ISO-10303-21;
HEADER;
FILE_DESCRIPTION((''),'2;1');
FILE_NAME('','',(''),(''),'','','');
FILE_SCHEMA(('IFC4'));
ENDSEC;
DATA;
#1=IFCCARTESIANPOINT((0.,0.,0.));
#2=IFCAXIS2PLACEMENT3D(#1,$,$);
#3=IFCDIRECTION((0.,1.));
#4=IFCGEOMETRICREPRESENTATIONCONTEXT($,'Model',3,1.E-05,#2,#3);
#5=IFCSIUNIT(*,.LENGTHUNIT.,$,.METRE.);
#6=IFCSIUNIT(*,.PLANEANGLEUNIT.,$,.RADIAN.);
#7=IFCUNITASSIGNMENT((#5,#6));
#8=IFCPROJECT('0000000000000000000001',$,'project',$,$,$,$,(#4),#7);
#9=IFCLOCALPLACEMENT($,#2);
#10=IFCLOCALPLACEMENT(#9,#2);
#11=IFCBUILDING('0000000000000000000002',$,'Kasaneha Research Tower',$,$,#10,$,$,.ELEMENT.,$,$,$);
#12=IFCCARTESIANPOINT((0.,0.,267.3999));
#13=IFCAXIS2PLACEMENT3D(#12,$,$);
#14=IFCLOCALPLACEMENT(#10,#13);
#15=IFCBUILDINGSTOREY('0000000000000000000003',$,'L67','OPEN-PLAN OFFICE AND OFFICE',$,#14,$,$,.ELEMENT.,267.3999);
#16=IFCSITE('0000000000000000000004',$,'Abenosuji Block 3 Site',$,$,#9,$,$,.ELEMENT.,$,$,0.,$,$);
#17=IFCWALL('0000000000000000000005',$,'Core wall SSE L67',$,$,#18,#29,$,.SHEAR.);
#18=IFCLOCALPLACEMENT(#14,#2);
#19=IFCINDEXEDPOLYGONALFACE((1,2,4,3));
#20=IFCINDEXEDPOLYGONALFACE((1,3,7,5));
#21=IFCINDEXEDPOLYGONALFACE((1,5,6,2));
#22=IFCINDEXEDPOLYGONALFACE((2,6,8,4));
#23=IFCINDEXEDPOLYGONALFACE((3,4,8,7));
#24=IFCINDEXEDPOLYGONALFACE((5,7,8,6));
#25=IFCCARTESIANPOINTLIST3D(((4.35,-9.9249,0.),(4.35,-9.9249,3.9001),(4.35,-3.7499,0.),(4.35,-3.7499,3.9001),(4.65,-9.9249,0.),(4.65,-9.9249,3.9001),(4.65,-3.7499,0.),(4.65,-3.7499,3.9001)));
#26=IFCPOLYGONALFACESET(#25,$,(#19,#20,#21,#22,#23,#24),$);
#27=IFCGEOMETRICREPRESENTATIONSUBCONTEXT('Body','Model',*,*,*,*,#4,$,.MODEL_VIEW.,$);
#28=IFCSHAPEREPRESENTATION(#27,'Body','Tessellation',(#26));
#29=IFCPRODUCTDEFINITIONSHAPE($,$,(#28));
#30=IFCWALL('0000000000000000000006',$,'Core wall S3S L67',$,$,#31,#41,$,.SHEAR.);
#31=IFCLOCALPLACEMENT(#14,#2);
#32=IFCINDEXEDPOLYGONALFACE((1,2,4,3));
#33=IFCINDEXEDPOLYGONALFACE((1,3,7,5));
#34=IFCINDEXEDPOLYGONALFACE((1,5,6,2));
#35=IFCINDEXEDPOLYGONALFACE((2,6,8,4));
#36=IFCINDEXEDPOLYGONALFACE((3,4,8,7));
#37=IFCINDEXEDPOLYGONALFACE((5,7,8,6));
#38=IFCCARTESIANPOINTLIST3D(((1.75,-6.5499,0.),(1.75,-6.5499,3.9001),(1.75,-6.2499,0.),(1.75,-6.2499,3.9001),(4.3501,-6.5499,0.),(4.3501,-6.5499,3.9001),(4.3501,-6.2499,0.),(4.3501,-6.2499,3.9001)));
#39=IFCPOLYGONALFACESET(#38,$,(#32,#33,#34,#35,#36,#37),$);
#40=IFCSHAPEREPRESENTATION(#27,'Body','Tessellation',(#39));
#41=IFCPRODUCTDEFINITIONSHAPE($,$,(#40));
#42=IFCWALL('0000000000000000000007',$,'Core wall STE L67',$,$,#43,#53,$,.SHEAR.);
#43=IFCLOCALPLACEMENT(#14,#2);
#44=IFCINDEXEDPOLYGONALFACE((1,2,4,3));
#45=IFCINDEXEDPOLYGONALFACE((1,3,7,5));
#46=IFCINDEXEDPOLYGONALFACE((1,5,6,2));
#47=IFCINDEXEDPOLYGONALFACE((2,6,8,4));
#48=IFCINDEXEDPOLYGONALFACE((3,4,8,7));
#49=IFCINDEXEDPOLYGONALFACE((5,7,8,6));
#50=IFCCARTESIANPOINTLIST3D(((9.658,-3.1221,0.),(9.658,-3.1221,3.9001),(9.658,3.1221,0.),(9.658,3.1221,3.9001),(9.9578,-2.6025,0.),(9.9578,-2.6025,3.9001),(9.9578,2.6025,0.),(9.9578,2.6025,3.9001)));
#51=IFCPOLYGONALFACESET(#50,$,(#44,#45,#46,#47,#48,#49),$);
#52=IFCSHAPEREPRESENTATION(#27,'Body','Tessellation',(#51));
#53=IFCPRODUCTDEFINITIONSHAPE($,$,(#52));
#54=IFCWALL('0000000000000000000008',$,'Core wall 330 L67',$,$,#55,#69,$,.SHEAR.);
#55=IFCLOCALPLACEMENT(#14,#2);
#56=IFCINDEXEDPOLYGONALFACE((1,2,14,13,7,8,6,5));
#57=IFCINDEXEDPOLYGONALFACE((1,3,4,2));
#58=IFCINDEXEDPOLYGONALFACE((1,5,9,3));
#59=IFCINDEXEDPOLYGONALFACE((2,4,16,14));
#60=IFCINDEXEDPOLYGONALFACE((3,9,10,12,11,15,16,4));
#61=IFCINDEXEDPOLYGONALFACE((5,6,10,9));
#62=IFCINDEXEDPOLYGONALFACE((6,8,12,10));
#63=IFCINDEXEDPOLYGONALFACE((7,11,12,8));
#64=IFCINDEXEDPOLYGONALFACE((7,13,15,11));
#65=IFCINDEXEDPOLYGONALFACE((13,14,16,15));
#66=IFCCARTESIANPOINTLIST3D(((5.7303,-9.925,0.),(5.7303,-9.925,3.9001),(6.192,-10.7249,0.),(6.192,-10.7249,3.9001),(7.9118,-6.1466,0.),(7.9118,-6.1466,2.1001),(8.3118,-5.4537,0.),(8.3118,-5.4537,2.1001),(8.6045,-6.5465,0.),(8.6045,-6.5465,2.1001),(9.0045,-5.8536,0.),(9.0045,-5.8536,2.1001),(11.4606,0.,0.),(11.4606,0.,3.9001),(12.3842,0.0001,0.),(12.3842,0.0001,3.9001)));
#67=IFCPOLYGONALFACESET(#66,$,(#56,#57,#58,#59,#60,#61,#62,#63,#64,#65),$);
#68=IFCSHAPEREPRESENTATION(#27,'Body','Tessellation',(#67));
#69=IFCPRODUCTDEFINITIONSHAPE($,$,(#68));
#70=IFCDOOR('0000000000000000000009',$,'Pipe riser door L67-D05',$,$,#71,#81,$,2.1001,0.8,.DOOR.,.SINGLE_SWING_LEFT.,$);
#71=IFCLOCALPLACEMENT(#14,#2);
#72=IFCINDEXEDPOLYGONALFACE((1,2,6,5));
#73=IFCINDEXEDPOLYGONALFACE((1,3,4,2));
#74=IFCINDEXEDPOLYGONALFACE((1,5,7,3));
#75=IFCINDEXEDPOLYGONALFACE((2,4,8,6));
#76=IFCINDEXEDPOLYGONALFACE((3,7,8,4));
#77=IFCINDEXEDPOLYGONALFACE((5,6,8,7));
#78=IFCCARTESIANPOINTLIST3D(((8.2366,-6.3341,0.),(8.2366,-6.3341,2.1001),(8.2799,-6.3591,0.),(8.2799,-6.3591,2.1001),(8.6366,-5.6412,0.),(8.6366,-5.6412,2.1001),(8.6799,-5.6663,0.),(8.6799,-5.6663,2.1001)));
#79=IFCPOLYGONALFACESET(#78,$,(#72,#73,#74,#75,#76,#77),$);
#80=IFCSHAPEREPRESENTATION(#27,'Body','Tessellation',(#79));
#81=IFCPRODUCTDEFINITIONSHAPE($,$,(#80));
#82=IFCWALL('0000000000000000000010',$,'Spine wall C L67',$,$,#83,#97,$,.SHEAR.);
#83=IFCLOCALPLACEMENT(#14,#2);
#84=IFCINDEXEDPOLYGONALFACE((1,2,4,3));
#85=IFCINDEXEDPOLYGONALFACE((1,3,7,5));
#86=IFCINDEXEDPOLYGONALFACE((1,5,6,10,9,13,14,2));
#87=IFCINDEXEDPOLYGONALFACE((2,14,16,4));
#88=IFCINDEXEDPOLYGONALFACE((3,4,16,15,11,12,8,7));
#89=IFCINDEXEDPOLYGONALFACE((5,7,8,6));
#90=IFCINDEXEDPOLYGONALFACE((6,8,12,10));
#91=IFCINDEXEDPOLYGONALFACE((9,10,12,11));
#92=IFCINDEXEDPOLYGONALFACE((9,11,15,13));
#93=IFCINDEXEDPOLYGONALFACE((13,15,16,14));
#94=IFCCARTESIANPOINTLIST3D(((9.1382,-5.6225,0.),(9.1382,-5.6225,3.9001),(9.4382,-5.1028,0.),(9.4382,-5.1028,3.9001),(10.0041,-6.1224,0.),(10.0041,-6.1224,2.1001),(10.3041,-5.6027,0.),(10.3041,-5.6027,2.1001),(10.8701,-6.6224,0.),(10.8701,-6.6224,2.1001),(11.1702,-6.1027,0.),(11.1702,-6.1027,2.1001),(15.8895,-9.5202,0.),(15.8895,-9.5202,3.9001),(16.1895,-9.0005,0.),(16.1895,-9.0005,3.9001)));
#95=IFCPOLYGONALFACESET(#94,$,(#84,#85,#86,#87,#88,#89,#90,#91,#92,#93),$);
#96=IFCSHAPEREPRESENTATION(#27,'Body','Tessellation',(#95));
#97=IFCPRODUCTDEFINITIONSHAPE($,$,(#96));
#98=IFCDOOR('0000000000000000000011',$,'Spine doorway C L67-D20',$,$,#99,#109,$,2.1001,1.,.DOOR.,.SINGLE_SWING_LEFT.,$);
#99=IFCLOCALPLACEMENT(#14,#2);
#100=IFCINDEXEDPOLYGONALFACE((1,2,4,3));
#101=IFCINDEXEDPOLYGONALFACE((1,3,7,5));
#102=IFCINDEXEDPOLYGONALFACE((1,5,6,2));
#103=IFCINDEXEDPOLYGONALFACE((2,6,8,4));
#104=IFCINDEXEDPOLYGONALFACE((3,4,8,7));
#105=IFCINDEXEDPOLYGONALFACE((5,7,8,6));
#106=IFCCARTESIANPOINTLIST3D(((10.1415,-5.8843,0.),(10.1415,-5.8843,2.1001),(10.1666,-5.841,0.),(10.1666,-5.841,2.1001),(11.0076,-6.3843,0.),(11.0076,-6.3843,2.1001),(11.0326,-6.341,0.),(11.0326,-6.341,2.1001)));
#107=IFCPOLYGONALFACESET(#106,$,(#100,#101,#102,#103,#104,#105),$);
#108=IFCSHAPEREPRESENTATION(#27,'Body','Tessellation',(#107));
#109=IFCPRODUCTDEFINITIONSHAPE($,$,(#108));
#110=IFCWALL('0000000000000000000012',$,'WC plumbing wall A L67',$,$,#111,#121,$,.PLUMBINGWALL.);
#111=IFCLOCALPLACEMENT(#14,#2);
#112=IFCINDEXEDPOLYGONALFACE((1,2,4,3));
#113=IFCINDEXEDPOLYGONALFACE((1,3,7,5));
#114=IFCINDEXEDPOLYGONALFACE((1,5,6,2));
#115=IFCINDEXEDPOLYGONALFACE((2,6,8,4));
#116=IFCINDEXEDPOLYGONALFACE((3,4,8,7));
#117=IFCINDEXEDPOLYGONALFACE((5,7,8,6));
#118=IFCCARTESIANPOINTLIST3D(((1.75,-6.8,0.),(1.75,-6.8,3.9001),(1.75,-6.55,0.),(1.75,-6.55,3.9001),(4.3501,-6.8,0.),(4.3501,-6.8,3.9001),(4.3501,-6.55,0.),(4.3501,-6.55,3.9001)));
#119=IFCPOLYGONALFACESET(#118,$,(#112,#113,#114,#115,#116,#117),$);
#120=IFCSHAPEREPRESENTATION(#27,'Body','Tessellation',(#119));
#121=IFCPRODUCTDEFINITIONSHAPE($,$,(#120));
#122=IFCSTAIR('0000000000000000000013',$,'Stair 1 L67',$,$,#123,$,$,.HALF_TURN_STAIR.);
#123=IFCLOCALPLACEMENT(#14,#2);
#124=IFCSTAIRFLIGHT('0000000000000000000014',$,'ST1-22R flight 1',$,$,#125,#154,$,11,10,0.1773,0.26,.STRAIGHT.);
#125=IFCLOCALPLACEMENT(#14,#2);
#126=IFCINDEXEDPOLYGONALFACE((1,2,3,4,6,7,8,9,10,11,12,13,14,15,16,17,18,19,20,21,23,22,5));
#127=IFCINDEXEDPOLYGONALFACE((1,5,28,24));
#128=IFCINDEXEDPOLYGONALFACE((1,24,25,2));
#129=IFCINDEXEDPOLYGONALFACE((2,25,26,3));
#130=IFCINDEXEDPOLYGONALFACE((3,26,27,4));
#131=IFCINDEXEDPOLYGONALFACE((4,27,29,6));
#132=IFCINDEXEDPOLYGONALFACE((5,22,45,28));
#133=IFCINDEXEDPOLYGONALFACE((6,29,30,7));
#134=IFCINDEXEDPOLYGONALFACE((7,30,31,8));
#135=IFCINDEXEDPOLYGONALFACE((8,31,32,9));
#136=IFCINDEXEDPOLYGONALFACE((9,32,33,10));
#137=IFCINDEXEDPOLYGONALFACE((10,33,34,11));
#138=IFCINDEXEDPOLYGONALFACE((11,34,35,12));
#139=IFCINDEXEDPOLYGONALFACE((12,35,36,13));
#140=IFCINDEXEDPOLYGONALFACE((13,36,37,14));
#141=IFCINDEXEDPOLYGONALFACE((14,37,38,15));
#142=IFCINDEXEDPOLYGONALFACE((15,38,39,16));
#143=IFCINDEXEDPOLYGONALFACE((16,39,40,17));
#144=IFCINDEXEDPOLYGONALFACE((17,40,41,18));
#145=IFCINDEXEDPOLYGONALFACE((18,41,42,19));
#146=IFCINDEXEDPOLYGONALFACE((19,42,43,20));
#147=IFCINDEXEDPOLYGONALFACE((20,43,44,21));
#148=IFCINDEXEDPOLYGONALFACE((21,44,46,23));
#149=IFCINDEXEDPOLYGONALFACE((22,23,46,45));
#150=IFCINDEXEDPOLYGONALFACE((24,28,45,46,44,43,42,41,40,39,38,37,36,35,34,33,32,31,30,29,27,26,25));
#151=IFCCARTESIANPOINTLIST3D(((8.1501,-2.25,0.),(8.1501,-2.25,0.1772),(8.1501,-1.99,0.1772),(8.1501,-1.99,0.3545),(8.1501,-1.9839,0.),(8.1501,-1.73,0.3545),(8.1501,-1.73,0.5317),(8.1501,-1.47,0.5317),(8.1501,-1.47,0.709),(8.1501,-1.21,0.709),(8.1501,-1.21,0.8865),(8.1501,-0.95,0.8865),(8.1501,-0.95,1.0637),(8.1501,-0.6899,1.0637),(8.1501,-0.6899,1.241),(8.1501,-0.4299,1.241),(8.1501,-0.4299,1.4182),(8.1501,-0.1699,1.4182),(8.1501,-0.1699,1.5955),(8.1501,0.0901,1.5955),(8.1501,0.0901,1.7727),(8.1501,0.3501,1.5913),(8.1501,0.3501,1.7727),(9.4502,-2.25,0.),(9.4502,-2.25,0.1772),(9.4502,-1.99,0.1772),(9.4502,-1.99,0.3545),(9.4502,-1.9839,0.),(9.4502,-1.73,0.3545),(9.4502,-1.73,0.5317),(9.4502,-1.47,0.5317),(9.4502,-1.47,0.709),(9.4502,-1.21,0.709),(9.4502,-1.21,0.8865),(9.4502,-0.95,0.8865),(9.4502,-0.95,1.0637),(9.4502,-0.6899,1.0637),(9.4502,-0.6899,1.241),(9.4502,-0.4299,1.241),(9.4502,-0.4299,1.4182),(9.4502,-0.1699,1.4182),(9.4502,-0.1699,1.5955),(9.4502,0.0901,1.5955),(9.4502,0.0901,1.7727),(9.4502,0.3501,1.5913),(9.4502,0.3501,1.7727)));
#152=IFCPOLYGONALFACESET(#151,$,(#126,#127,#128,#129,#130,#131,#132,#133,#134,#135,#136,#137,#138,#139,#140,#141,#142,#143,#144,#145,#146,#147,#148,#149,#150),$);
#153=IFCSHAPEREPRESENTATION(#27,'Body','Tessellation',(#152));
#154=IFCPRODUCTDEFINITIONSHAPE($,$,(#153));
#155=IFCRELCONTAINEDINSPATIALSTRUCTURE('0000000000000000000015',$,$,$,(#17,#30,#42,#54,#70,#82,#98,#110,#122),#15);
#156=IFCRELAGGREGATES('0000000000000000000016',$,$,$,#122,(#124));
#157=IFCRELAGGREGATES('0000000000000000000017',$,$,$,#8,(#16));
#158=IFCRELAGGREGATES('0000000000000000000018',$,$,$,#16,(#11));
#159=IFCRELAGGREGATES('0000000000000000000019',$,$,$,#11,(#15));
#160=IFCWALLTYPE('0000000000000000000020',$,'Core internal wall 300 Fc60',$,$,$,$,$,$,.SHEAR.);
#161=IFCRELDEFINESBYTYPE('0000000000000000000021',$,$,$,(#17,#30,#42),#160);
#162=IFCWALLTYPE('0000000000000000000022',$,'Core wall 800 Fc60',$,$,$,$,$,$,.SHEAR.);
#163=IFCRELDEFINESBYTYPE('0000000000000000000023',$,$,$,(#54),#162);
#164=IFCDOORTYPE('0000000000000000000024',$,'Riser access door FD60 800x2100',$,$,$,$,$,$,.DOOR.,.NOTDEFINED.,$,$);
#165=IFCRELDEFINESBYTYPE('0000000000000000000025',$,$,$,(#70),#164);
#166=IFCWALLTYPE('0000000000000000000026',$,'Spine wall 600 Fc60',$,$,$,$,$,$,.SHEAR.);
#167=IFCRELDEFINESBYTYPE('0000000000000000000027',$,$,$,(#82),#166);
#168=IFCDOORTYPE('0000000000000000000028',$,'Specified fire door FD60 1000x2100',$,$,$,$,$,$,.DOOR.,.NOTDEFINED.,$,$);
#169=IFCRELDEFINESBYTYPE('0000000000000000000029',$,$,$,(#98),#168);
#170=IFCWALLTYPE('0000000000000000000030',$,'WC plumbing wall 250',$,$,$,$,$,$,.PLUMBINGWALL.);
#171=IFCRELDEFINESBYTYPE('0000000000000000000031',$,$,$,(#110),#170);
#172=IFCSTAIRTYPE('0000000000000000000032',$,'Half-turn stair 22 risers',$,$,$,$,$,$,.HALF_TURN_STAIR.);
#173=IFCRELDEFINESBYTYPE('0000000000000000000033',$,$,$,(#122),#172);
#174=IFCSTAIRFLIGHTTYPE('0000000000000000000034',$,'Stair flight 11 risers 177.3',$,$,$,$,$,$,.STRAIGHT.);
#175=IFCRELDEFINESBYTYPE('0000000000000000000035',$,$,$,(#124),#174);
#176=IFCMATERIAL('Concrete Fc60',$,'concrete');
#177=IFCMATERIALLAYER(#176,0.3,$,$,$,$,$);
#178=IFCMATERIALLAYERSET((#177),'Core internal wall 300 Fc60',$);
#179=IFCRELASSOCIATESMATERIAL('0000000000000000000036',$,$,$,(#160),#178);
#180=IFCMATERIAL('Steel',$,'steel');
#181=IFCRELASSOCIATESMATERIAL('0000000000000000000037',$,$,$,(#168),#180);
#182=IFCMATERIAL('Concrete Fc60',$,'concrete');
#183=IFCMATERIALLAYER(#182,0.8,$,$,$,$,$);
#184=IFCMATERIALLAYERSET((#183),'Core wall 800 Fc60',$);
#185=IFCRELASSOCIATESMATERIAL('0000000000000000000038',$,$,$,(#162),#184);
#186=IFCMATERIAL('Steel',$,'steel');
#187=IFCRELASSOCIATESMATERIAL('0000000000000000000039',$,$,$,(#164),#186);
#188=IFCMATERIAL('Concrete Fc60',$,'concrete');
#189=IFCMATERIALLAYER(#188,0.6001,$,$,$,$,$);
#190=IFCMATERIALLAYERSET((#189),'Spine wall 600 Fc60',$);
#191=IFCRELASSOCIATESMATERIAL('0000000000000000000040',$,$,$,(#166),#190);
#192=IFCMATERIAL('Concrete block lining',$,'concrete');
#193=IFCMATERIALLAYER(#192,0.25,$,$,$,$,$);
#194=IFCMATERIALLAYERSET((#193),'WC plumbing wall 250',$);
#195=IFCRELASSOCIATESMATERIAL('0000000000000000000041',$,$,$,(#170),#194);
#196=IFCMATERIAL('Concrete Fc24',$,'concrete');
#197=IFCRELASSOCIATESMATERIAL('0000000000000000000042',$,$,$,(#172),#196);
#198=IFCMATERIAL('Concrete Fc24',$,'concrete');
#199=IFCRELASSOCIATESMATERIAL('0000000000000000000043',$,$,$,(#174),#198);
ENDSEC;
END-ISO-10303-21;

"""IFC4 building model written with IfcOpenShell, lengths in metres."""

from ifc_helpers import new_model, si_unit, direction, frame, frame_2d, origin, place, context, subcontext, project, spatial, polyline, rectangle, outline, extrude, material, layer, layer_set, type_object, element, fill, aggregate, save


model = new_model("IFC4")

# Units and contexts
model_context = context("Model", 3, precision=1e-05, world=origin(), true_north=direction((0.0, 1.0)))
body_context = subcontext(model_context, "Body", "Model", "MODEL_VIEW")
ifc_project = project(units=[si_unit("LENGTHUNIT", "METRE"), si_unit("PLANEANGLEUNIT", "RADIAN")], contexts=[model_context])

# Site, building, storey
site_placement = place(None, origin())
site = spatial("IfcSite", under=ifc_project, at=site_placement, Name="Abenosuji Block 3 Site", CompositionType="ELEMENT", RefElevation=0.0)
building_placement = place(site_placement, origin())
building = spatial("IfcBuilding", under=site, at=building_placement, Name="Kasaneha Research Tower", CompositionType="ELEMENT")
storey_placement = place(building_placement, frame((0.0, 0.0, 267.3999)))
storey = spatial("IfcBuildingStorey", under=building, at=storey_placement, Name="L67", Description="OPEN-PLAN OFFICE AND OFFICE", CompositionType="ELEMENT", Elevation=267.3999)

# Shared definitions
ifc_material_1 = material(Name="Concrete Fc60", Category="concrete")
ifc_layer_1 = layer(ifc_material_1, 0.3)
ifc_layer_set_1 = layer_set([ifc_layer_1], Name="Core internal wall 300 Fc60")
wall_type_1 = type_object("IfcWallType", Name="Core internal wall 300 Fc60", PredefinedType="SHEAR", material=ifc_layer_set_1)
ifc_material_2 = material(Name="Steel", Category="steel")
door_type_1 = type_object("IfcDoorType", Name="Specified fire door FD60 1000x2100", OperationType="NOTDEFINED", PredefinedType="DOOR", material=ifc_material_2)

# Walls
wall_1_placement = place(storey_placement, frame((4.5, -3.75, 0.0), z_axis=(0.0, 0.0, 1.0), x_axis=(0.0, -1.0, 0.0)))
element("IfcWall", 1, at=wall_1_placement, inside=storey, type_object=wall_type_1, Name="Core wall SSE L67", PredefinedType="SHEAR", context=body_context, shape_type="SweptSolid", body=[
    extrude(rectangle(XDim=6.175, YDim=0.3, at=frame_2d((3.0874, 0.0))), origin(), (0.0, 0.0, 1.0), 3.9001),
])
wall_2_placement = place(storey_placement, frame((1.75, -6.3999, 0.0), z_axis=(0.0, 0.0, 1.0), x_axis=(1.0, 0.0, 0.0)))
element("IfcWall", 2, at=wall_2_placement, inside=storey, type_object=wall_type_1, Name="Core wall S3S L67", PredefinedType="SHEAR", context=body_context, shape_type="SweptSolid", body=[
    extrude(rectangle(XDim=2.6001, YDim=0.3, at=frame_2d((1.3, 0.0))), origin(), (0.0, 0.0, 1.0), 3.9001),
])
wall_3_placement = place(storey_placement, frame((9.8079, -2.8623, 0.0), z_axis=(0.0, 0.0, 1.0), x_axis=(0.0, 1.0, 0.0)))
element("IfcWall", 3, at=wall_3_placement, inside=storey, type_object=wall_type_1, Name="Core wall STE L67", PredefinedType="SHEAR", context=body_context, shape_type="SweptSolid", body=[
    extrude(outline(polyline([(0.2598, -0.1499), (5.4648, -0.1499), (5.9844, 0.1499), (-0.2598, 0.1499), (0.2598, -0.1499)])), origin(), (0.0, 0.0, 1.0), 3.9001),
])

# Walls, openings, doors
ifc_material_3 = material(Name="Concrete Fc60", Category="concrete")
ifc_layer_2 = layer(ifc_material_3, 0.8)
ifc_layer_set_2 = layer_set([ifc_layer_2], Name="Core wall 800 Fc60")
wall_type_2 = type_object("IfcWallType", Name="Core wall 800 Fc60", PredefinedType="SHEAR", material=ifc_layer_set_2)
wall_4_placement = place(storey_placement, frame((5.9612, -10.325, 0.0), z_axis=(0.0, 0.0, 1.0), x_axis=(0.500004, 0.866023, 0.0)))
wall_4 = element("IfcWall", 4, at=wall_4_placement, inside=storey, type_object=wall_type_2, Name="Core wall 330 L67", PredefinedType="SHEAR", context=body_context, shape_type="SweptSolid", body=[
    extrude(outline(polyline([(-0.231, -0.3999), (4.594, -0.3999), (5.394, -0.3999), (12.1533, -0.3999), (11.6914, 0.3999), (5.394, 0.3999), (4.594, 0.3999), (0.231, 0.3999), (-0.231, -0.3999)])), origin(), (0.0, 0.0, 1.0), 3.9001),
])
opening_1_placement = place(wall_4_placement, frame((4.594, 0.0, 0.0)))
opening_1 = element("IfcOpeningElement", 5, at=opening_1_placement, cuts=wall_4, PredefinedType="OPENING", context=body_context, shape_type="SweptSolid", body=[
    extrude(rectangle(XDim=0.8, YDim=2.1001, at=frame_2d((0.3999, 1.05))), frame((0.0, 0.4102, 0.0), z_axis=(0.0, -1.0, 0.0), x_axis=(1.0, 0.0, 0.0)), (0.0, 0.0, 1.0), 0.8201),
])
ifc_material_4 = material(Name="Steel", Category="steel")
door_type_2 = type_object("IfcDoorType", Name="Riser access door FD60 800x2100", OperationType="NOTDEFINED", PredefinedType="DOOR", material=ifc_material_4)
door_1_placement = place(opening_1_placement, origin())
door_1 = element("IfcDoor", 6, at=door_1_placement, inside=storey, type_object=door_type_2, Name="Pipe riser door L67-D05", OperationType="SINGLE_SWING_LEFT", OverallHeight=2.1001, OverallWidth=0.8, PredefinedType="DOOR", context=body_context, shape_type="SweptSolid", body=[
    extrude(rectangle(XDim=0.8, YDim=2.1001, at=frame_2d((0.3999, 1.05))), frame((0.0, 0.0249, 0.0), z_axis=(0.0, -1.0, 0.0), x_axis=(1.0, 0.0, 0.0)), (0.0, 0.0, 1.0), 0.05),
])
fill(opening_1, door_1)
ifc_material_5 = material(Name="Concrete Fc60", Category="concrete")
ifc_layer_3 = layer(ifc_material_5, 0.6001)
ifc_layer_set_3 = layer_set([ifc_layer_3], Name="Spine wall 600 Fc60")
wall_type_3 = type_object("IfcWallType", Name="Spine wall 600 Fc60", PredefinedType="SHEAR", material=ifc_layer_set_3)
wall_5_placement = place(storey_placement, frame((9.2881, -5.3625, 0.0), z_axis=(0.0, 0.0, 1.0), x_axis=(0.866032, -0.499989, 0.0)))
wall_5 = element("IfcWall", 7, at=wall_5_placement, inside=storey, type_object=wall_type_3, Name="Spine wall C L67", PredefinedType="SHEAR", context=body_context, shape_type="SweptSolid", body=[
    extrude(rectangle(XDim=7.7957, YDim=0.6001, at=frame_2d((3.8979, 0.0))), origin(), (0.0, 0.0, 1.0), 3.9001),
])
opening_2_placement = place(wall_5_placement, frame((1.0, 0.0, 0.0)))
opening_2 = element("IfcOpeningElement", 8, at=opening_2_placement, cuts=wall_5, PredefinedType="OPENING", context=body_context, shape_type="SweptSolid", body=[
    extrude(rectangle(XDim=1.0, YDim=2.1001, at=frame_2d((0.5, 1.05))), frame((0.0, 0.3101, 0.0), z_axis=(0.0, -1.0, 0.0), x_axis=(1.0, 0.0, 0.0)), (0.0, 0.0, 1.0), 0.6201),
])
door_2_placement = place(opening_2_placement, origin())
door_2 = element("IfcDoor", 9, at=door_2_placement, inside=storey, type_object=door_type_1, Name="Spine doorway C L67-D20", OperationType="SINGLE_SWING_LEFT", OverallHeight=2.1001, OverallWidth=1.0, PredefinedType="DOOR", context=body_context, shape_type="SweptSolid", body=[
    extrude(rectangle(XDim=1.0, YDim=2.1001, at=frame_2d((0.5, 1.05))), frame((0.0, 0.0249, 0.0), z_axis=(0.0, -1.0, 0.0), x_axis=(1.0, 0.0, 0.0)), (0.0, 0.0, 1.0), 0.05),
])
fill(opening_2, door_2)

# Wall
ifc_material_6 = material(Name="Concrete block lining", Category="concrete")
ifc_layer_4 = layer(ifc_material_6, 0.25)
ifc_layer_set_4 = layer_set([ifc_layer_4], Name="WC plumbing wall 250")
wall_type_4 = type_object("IfcWallType", Name="WC plumbing wall 250", PredefinedType="PLUMBINGWALL", material=ifc_layer_set_4)
wall_6_placement = place(storey_placement, frame((1.75, -6.675, 0.0), z_axis=(0.0, 0.0, 1.0), x_axis=(1.0, 0.0, 0.0)))
element("IfcWall", 10, at=wall_6_placement, inside=storey, type_object=wall_type_4, Name="WC plumbing wall A L67", PredefinedType="PLUMBINGWALL", context=body_context, shape_type="SweptSolid", body=[
    extrude(rectangle(XDim=2.6001, YDim=0.25, at=frame_2d((1.3, 0.0))), origin(), (0.0, 0.0, 1.0), 3.9001),
])

# Stair, stair flight
ifc_material_7 = material(Name="Concrete Fc24", Category="concrete")
stair_type = type_object("IfcStairType", Name="Half-turn stair 22 risers", PredefinedType="HALF_TURN_STAIR", material=ifc_material_7)
stair_placement = place(storey_placement, origin())
stair = element("IfcStair", 11, at=stair_placement, inside=storey, type_object=stair_type, Name="Stair 1 L67", PredefinedType="HALF_TURN_STAIR")
ifc_material_8 = material(Name="Concrete Fc24", Category="concrete")
stair_flight_type = type_object("IfcStairFlightType", Name="Stair flight 11 risers 177.3", PredefinedType="STRAIGHT", material=ifc_material_8)
stair_flight_placement = place(storey_placement, frame((8.8, -2.25, 0.0), z_axis=(0.0, 0.0, 1.0), x_axis=(0.0, 1.0, 0.0)))
stair_flight = element("IfcStairFlight", 12, at=stair_flight_placement, type_object=stair_flight_type, Name="ST1-22R flight 1", NumberOfRisers=11, NumberOfTreads=10, PredefinedType="STRAIGHT", RiserHeight=0.1773, TreadLength=0.26, context=body_context, shape_type="SweptSolid", body=[
    extrude(outline(polyline([(0.0, 0.0), (0.0, 0.1772), (0.26, 0.1772), (0.26, 0.3545), (0.52, 0.3545), (0.52, 0.5317), (0.78, 0.5317), (0.78, 0.709), (1.04, 0.709), (1.04, 0.8865), (1.3, 0.8865), (1.3, 1.0637), (1.5601, 1.0637), (1.5601, 1.241), (1.8201, 1.241), (1.8201, 1.4182), (2.0801, 1.4182), (2.0801, 1.5955), (2.3401, 1.5955), (2.3401, 1.7727), (2.6001, 1.7727), (2.6001, 1.95), (2.6001, 1.5913), (0.2661, 0.0), (0.0, 0.0)])), frame((0.0, 0.6499, 0.0), z_axis=(0.0, -1.0, 0.0), x_axis=(1.0, 0.0, 0.0)), (0.0, 0.0, 1.0), 1.3),
])
aggregate(stair, [stair_flight])

save(model, "model.ifc")
